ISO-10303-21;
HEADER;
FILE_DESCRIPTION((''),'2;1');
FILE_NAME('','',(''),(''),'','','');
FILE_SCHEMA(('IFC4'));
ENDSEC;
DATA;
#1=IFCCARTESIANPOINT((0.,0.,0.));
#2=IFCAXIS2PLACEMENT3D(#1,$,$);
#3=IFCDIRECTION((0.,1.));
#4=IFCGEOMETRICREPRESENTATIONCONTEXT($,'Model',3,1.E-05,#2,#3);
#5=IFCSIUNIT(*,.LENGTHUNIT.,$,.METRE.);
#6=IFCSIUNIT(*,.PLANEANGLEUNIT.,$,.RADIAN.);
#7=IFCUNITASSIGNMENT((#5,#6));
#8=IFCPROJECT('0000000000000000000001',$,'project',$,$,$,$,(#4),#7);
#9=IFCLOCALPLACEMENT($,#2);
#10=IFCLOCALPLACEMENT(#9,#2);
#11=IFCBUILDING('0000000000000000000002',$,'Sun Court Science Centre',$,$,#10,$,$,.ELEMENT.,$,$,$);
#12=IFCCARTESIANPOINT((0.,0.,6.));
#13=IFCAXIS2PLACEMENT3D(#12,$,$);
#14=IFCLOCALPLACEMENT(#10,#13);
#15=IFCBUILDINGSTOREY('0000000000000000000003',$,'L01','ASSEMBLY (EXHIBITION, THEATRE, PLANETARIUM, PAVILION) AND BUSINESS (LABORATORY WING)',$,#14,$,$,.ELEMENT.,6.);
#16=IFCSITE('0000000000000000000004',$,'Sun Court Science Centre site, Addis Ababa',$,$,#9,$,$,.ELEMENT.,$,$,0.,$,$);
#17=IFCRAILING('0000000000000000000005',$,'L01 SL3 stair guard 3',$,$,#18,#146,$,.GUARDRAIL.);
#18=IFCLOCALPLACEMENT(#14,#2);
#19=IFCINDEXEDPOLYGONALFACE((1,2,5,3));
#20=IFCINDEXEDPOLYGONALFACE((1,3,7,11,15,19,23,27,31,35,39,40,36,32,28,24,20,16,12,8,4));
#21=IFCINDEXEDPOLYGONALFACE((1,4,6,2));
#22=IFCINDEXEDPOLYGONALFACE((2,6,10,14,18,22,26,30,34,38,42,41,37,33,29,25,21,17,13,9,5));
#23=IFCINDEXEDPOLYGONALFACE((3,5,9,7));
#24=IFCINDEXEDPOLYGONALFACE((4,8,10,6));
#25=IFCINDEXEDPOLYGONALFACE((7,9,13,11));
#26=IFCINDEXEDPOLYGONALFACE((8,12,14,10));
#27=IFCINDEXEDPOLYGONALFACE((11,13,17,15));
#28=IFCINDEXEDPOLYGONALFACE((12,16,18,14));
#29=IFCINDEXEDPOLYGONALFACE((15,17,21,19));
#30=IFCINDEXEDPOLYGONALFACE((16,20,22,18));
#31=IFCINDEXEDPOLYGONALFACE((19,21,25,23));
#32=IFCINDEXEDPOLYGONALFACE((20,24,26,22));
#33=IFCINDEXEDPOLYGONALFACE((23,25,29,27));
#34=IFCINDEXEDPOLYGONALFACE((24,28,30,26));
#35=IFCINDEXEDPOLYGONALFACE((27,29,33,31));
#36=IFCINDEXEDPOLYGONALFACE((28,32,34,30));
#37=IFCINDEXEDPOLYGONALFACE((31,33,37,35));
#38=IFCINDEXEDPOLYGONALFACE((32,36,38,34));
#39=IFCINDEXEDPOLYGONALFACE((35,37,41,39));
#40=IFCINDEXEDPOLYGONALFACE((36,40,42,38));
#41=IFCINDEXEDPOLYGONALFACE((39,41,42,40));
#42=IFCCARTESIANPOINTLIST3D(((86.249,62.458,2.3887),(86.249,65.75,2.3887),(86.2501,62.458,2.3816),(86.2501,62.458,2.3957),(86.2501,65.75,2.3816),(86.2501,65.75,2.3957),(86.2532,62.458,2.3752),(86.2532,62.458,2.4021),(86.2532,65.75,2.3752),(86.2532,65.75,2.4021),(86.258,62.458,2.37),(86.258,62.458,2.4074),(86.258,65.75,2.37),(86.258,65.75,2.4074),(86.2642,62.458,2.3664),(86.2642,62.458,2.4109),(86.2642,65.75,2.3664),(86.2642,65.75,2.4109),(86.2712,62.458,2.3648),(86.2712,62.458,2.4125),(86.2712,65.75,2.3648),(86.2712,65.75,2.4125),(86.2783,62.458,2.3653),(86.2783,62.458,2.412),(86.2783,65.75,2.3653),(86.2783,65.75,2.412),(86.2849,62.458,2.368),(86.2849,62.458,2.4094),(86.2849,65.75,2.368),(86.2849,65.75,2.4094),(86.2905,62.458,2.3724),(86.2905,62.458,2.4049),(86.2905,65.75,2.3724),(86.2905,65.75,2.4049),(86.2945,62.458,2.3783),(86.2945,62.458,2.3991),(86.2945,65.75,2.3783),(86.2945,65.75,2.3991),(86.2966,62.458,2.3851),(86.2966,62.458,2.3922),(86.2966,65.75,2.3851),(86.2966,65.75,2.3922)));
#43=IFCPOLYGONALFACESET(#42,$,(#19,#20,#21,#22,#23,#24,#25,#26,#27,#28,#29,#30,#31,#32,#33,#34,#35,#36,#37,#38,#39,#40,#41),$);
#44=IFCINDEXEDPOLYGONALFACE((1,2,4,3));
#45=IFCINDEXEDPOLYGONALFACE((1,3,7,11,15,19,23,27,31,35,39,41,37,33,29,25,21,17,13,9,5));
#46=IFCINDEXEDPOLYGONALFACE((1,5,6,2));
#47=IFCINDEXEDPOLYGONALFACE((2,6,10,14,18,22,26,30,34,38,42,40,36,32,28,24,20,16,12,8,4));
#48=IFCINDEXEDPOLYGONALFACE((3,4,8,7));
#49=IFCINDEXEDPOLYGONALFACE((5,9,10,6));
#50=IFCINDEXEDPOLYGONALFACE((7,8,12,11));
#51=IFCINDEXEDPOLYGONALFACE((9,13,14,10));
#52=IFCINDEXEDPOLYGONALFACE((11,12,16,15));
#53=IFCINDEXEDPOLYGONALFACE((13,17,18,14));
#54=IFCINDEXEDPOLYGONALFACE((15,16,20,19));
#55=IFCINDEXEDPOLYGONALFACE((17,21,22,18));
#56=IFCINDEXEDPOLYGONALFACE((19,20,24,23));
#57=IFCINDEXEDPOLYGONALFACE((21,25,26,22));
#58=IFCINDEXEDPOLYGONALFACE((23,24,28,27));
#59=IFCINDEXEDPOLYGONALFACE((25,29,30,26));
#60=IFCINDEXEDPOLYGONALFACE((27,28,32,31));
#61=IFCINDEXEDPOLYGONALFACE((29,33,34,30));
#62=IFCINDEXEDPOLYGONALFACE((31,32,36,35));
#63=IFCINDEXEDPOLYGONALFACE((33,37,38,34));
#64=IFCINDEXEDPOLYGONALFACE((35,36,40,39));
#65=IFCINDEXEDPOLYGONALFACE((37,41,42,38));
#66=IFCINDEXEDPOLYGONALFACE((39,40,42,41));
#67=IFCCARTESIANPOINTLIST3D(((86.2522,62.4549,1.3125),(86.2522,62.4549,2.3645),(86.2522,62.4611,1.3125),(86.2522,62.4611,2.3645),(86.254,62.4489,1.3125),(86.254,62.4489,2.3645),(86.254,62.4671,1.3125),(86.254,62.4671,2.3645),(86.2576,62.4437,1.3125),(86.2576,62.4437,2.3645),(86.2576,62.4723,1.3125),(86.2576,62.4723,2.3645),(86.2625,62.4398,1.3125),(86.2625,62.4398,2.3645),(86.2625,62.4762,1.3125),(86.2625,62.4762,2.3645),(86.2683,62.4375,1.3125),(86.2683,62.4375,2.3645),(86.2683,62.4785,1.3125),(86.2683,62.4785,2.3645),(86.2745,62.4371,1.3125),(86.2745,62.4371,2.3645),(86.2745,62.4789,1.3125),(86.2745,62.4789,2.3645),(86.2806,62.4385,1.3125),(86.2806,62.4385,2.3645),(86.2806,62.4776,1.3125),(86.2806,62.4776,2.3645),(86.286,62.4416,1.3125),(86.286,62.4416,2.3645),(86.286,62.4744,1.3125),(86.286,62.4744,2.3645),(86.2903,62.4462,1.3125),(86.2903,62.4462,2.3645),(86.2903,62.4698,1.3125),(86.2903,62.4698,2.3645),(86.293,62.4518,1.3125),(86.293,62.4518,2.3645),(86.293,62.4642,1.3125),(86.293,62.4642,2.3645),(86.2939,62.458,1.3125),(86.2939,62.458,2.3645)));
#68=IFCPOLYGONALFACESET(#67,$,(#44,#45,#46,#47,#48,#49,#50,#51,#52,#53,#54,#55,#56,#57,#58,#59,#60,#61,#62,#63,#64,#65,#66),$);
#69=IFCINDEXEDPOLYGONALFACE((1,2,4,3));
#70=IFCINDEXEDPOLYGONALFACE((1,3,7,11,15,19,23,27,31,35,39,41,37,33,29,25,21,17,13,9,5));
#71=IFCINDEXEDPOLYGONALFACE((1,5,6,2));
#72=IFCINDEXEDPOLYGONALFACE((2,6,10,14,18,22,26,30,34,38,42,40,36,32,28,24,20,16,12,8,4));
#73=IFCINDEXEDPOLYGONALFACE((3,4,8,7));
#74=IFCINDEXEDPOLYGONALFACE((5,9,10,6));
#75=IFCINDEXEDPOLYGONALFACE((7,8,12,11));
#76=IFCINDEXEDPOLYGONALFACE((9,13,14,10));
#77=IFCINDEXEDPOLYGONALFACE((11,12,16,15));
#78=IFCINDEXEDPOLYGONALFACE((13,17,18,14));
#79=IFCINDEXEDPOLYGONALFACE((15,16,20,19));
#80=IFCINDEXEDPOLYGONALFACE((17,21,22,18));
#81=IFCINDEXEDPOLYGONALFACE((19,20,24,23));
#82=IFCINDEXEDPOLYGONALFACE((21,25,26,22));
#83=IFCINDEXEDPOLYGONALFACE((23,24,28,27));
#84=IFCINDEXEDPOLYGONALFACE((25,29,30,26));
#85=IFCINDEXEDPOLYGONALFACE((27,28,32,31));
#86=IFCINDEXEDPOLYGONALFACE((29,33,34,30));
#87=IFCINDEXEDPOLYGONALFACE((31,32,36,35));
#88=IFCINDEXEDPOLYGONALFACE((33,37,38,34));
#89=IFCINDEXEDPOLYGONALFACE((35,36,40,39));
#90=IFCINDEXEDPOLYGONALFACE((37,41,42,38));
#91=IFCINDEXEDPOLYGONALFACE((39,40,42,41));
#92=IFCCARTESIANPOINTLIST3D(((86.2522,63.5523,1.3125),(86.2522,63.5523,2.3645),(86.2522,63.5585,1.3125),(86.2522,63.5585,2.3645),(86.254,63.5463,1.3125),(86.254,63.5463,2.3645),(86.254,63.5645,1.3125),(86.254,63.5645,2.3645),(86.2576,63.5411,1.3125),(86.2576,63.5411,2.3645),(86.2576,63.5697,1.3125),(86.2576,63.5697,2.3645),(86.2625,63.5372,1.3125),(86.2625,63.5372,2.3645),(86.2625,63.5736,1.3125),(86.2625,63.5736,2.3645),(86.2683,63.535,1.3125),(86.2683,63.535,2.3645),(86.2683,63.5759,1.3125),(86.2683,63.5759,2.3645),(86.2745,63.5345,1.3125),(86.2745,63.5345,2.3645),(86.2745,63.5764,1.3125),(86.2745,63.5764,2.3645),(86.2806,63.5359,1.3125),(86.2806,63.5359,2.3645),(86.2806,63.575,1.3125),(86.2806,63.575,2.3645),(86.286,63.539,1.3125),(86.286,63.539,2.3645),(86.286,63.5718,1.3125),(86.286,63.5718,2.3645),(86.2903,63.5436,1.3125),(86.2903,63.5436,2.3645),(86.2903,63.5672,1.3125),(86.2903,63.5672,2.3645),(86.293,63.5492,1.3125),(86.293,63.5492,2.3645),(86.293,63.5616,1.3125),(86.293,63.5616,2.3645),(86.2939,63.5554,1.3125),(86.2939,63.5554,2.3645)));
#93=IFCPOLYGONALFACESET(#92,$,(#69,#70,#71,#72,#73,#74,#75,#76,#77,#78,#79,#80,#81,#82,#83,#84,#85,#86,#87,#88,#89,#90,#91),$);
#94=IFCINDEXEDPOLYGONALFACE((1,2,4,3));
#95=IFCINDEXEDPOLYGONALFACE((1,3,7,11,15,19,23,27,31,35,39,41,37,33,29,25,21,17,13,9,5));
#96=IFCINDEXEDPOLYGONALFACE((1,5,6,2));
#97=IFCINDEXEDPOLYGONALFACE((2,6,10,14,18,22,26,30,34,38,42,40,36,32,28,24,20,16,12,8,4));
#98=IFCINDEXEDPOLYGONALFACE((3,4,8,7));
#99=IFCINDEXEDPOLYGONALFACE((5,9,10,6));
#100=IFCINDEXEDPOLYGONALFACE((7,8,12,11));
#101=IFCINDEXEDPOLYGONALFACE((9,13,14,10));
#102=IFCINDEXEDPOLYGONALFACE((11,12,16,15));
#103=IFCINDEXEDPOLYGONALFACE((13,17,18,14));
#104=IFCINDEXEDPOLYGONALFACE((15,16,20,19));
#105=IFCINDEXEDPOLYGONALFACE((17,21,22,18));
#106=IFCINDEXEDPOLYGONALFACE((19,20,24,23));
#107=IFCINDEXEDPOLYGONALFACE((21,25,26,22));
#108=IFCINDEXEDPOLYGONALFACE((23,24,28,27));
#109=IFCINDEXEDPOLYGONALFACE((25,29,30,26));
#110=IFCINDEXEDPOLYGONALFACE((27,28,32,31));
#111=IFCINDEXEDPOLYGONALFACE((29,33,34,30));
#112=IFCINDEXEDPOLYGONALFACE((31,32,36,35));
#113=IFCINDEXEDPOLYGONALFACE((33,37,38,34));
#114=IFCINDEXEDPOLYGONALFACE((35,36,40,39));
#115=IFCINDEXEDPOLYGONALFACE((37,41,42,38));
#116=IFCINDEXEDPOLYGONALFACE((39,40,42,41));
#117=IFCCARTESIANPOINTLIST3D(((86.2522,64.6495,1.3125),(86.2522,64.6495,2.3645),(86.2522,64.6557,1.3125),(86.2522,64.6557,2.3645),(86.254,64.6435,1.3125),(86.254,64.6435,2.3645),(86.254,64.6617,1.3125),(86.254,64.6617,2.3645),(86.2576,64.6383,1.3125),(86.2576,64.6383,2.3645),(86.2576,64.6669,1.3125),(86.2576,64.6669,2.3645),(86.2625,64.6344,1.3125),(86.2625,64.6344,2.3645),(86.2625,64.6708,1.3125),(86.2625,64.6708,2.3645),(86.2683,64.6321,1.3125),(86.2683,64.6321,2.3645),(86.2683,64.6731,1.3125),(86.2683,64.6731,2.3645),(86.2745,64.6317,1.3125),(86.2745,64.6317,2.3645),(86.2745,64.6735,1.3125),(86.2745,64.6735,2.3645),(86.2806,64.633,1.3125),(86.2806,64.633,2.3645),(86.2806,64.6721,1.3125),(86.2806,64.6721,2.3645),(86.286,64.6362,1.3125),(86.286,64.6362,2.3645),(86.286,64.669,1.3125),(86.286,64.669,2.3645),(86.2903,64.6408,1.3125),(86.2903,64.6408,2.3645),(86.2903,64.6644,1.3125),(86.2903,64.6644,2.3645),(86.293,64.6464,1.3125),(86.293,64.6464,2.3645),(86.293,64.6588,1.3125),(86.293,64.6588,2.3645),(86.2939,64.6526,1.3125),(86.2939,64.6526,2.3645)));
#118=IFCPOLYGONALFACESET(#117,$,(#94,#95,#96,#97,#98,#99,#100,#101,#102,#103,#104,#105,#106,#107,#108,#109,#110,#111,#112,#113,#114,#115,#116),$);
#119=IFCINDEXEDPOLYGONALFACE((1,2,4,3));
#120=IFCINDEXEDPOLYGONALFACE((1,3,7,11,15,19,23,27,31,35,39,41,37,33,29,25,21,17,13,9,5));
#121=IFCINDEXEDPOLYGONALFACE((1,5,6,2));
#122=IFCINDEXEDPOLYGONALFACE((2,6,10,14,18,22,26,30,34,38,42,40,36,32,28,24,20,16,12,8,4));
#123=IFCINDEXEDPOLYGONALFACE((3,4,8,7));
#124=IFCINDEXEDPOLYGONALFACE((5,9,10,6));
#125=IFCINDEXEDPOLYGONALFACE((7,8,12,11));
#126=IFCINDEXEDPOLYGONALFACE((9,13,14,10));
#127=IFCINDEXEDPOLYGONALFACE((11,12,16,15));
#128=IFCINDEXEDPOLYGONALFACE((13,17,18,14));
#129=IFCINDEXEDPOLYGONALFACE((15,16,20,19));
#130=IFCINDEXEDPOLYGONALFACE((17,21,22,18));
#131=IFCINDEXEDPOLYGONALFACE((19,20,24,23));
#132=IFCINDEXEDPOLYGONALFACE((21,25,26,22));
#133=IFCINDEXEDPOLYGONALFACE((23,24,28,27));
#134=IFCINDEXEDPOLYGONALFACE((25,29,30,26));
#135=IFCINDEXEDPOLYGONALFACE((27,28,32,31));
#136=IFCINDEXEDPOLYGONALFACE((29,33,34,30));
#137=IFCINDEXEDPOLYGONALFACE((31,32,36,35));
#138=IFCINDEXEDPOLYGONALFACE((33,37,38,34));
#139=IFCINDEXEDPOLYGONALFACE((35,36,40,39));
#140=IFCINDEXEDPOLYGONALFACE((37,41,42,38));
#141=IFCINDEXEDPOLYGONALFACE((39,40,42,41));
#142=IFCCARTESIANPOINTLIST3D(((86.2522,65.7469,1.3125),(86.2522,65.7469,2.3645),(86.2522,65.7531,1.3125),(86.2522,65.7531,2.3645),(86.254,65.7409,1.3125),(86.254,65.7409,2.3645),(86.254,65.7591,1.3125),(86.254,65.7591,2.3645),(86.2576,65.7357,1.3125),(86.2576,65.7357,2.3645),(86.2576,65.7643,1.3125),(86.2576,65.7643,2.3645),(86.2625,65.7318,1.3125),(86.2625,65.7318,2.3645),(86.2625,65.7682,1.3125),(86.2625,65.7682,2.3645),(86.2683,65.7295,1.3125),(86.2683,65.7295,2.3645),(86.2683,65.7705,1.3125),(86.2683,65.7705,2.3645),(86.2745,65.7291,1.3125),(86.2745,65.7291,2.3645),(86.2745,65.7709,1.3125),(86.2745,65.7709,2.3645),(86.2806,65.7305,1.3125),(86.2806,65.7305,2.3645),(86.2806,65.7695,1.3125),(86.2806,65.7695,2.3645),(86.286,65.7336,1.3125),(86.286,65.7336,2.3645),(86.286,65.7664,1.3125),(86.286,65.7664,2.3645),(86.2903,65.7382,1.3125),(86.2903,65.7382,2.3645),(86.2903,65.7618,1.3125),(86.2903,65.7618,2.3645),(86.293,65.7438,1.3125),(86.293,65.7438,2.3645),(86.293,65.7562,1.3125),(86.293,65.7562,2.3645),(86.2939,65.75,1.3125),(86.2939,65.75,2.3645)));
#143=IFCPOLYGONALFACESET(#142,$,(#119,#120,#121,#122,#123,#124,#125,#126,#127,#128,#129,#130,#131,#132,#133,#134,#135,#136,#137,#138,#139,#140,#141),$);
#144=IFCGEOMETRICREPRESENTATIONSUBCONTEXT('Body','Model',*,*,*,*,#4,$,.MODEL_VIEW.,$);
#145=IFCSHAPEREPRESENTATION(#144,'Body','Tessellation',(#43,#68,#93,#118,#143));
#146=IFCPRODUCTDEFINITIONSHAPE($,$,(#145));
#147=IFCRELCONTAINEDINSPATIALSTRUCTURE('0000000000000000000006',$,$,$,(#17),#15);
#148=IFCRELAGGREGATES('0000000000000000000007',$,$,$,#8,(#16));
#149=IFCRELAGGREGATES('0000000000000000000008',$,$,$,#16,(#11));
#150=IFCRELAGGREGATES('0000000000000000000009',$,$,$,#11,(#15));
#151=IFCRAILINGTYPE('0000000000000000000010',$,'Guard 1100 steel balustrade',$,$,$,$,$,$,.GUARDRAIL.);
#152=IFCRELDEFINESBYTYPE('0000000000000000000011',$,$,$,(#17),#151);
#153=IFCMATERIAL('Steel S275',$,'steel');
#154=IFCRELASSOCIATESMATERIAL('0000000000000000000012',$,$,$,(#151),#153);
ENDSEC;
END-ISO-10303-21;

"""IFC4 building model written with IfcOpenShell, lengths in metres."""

from ifc_helpers import new_model, si_unit, direction, frame, origin, origin_2d, place, context, subcontext, project, spatial, circle, extrude, material, type_object, element, save


model = new_model("IFC4")

# Units and contexts
model_context = context("Model", 3, precision=1e-05, world=origin(), true_north=direction((0.0, 1.0)))
body_context = subcontext(model_context, "Body", "Model", "MODEL_VIEW")
ifc_project = project(units=[si_unit("LENGTHUNIT", "METRE"), si_unit("PLANEANGLEUNIT", "RADIAN")], contexts=[model_context])

# Site, building, storey
site_placement = place(None, origin())
site = spatial("IfcSite", under=ifc_project, at=site_placement, Name="Sun Court Science Centre site, Addis Ababa", CompositionType="ELEMENT", RefElevation=0.0)
building_placement = place(site_placement, origin())
building = spatial("IfcBuilding", under=site, at=building_placement, Name="Sun Court Science Centre", CompositionType="ELEMENT")
storey_placement = place(building_placement, frame((0.0, 0.0, 6.0)))
storey = spatial("IfcBuildingStorey", under=building, at=storey_placement, Name="L01", Description="ASSEMBLY (EXHIBITION, THEATRE, PLANETARIUM, PAVILION) AND BUSINESS (LABORATORY WING)", CompositionType="ELEMENT", Elevation=6.0)

# Railing
ifc_material_1 = material(Name="Steel S275", Category="steel")
railing_type_1 = type_object("IfcRailingType", Name="Guard 1100 steel balustrade", PredefinedType="GUARDRAIL", material=ifc_material_1)
railing_1_placement = place(storey_placement, frame((86.2729, 62.458, 1.3125)))
element("IfcRailing", 1, at=railing_1_placement, inside=storey, type_object=railing_type_1, Name="L01 SL3 stair guard 3", PredefinedType="GUARDRAIL", context=body_context, shape_type="SweptSolid", body=[
    extrude(circle(Radius=0.0239, at=origin_2d()), frame((0.0, 0.0, 1.0762), z_axis=(0.0, 1.0, 0.0), x_axis=(-1.0, 0.0, 0.0)), (0.0, 0.0, 1.0), 3.292),
    extrude(circle(Radius=0.021, at=origin_2d()), origin(), (0.0, 0.0, 1.0), 1.052),
    extrude(circle(Radius=0.021, at=origin_2d()), frame((0.0, 1.0974, 0.0)), (0.0, 0.0, 1.0), 1.052),
    extrude(circle(Radius=0.021, at=origin_2d()), frame((0.0, 2.1946, 0.0)), (0.0, 0.0, 1.0), 1.052),
    extrude(circle(Radius=0.021, at=origin_2d()), frame((0.0, 3.292, 0.0)), (0.0, 0.0, 1.0), 1.052),
])

save(model, "model.ifc")
